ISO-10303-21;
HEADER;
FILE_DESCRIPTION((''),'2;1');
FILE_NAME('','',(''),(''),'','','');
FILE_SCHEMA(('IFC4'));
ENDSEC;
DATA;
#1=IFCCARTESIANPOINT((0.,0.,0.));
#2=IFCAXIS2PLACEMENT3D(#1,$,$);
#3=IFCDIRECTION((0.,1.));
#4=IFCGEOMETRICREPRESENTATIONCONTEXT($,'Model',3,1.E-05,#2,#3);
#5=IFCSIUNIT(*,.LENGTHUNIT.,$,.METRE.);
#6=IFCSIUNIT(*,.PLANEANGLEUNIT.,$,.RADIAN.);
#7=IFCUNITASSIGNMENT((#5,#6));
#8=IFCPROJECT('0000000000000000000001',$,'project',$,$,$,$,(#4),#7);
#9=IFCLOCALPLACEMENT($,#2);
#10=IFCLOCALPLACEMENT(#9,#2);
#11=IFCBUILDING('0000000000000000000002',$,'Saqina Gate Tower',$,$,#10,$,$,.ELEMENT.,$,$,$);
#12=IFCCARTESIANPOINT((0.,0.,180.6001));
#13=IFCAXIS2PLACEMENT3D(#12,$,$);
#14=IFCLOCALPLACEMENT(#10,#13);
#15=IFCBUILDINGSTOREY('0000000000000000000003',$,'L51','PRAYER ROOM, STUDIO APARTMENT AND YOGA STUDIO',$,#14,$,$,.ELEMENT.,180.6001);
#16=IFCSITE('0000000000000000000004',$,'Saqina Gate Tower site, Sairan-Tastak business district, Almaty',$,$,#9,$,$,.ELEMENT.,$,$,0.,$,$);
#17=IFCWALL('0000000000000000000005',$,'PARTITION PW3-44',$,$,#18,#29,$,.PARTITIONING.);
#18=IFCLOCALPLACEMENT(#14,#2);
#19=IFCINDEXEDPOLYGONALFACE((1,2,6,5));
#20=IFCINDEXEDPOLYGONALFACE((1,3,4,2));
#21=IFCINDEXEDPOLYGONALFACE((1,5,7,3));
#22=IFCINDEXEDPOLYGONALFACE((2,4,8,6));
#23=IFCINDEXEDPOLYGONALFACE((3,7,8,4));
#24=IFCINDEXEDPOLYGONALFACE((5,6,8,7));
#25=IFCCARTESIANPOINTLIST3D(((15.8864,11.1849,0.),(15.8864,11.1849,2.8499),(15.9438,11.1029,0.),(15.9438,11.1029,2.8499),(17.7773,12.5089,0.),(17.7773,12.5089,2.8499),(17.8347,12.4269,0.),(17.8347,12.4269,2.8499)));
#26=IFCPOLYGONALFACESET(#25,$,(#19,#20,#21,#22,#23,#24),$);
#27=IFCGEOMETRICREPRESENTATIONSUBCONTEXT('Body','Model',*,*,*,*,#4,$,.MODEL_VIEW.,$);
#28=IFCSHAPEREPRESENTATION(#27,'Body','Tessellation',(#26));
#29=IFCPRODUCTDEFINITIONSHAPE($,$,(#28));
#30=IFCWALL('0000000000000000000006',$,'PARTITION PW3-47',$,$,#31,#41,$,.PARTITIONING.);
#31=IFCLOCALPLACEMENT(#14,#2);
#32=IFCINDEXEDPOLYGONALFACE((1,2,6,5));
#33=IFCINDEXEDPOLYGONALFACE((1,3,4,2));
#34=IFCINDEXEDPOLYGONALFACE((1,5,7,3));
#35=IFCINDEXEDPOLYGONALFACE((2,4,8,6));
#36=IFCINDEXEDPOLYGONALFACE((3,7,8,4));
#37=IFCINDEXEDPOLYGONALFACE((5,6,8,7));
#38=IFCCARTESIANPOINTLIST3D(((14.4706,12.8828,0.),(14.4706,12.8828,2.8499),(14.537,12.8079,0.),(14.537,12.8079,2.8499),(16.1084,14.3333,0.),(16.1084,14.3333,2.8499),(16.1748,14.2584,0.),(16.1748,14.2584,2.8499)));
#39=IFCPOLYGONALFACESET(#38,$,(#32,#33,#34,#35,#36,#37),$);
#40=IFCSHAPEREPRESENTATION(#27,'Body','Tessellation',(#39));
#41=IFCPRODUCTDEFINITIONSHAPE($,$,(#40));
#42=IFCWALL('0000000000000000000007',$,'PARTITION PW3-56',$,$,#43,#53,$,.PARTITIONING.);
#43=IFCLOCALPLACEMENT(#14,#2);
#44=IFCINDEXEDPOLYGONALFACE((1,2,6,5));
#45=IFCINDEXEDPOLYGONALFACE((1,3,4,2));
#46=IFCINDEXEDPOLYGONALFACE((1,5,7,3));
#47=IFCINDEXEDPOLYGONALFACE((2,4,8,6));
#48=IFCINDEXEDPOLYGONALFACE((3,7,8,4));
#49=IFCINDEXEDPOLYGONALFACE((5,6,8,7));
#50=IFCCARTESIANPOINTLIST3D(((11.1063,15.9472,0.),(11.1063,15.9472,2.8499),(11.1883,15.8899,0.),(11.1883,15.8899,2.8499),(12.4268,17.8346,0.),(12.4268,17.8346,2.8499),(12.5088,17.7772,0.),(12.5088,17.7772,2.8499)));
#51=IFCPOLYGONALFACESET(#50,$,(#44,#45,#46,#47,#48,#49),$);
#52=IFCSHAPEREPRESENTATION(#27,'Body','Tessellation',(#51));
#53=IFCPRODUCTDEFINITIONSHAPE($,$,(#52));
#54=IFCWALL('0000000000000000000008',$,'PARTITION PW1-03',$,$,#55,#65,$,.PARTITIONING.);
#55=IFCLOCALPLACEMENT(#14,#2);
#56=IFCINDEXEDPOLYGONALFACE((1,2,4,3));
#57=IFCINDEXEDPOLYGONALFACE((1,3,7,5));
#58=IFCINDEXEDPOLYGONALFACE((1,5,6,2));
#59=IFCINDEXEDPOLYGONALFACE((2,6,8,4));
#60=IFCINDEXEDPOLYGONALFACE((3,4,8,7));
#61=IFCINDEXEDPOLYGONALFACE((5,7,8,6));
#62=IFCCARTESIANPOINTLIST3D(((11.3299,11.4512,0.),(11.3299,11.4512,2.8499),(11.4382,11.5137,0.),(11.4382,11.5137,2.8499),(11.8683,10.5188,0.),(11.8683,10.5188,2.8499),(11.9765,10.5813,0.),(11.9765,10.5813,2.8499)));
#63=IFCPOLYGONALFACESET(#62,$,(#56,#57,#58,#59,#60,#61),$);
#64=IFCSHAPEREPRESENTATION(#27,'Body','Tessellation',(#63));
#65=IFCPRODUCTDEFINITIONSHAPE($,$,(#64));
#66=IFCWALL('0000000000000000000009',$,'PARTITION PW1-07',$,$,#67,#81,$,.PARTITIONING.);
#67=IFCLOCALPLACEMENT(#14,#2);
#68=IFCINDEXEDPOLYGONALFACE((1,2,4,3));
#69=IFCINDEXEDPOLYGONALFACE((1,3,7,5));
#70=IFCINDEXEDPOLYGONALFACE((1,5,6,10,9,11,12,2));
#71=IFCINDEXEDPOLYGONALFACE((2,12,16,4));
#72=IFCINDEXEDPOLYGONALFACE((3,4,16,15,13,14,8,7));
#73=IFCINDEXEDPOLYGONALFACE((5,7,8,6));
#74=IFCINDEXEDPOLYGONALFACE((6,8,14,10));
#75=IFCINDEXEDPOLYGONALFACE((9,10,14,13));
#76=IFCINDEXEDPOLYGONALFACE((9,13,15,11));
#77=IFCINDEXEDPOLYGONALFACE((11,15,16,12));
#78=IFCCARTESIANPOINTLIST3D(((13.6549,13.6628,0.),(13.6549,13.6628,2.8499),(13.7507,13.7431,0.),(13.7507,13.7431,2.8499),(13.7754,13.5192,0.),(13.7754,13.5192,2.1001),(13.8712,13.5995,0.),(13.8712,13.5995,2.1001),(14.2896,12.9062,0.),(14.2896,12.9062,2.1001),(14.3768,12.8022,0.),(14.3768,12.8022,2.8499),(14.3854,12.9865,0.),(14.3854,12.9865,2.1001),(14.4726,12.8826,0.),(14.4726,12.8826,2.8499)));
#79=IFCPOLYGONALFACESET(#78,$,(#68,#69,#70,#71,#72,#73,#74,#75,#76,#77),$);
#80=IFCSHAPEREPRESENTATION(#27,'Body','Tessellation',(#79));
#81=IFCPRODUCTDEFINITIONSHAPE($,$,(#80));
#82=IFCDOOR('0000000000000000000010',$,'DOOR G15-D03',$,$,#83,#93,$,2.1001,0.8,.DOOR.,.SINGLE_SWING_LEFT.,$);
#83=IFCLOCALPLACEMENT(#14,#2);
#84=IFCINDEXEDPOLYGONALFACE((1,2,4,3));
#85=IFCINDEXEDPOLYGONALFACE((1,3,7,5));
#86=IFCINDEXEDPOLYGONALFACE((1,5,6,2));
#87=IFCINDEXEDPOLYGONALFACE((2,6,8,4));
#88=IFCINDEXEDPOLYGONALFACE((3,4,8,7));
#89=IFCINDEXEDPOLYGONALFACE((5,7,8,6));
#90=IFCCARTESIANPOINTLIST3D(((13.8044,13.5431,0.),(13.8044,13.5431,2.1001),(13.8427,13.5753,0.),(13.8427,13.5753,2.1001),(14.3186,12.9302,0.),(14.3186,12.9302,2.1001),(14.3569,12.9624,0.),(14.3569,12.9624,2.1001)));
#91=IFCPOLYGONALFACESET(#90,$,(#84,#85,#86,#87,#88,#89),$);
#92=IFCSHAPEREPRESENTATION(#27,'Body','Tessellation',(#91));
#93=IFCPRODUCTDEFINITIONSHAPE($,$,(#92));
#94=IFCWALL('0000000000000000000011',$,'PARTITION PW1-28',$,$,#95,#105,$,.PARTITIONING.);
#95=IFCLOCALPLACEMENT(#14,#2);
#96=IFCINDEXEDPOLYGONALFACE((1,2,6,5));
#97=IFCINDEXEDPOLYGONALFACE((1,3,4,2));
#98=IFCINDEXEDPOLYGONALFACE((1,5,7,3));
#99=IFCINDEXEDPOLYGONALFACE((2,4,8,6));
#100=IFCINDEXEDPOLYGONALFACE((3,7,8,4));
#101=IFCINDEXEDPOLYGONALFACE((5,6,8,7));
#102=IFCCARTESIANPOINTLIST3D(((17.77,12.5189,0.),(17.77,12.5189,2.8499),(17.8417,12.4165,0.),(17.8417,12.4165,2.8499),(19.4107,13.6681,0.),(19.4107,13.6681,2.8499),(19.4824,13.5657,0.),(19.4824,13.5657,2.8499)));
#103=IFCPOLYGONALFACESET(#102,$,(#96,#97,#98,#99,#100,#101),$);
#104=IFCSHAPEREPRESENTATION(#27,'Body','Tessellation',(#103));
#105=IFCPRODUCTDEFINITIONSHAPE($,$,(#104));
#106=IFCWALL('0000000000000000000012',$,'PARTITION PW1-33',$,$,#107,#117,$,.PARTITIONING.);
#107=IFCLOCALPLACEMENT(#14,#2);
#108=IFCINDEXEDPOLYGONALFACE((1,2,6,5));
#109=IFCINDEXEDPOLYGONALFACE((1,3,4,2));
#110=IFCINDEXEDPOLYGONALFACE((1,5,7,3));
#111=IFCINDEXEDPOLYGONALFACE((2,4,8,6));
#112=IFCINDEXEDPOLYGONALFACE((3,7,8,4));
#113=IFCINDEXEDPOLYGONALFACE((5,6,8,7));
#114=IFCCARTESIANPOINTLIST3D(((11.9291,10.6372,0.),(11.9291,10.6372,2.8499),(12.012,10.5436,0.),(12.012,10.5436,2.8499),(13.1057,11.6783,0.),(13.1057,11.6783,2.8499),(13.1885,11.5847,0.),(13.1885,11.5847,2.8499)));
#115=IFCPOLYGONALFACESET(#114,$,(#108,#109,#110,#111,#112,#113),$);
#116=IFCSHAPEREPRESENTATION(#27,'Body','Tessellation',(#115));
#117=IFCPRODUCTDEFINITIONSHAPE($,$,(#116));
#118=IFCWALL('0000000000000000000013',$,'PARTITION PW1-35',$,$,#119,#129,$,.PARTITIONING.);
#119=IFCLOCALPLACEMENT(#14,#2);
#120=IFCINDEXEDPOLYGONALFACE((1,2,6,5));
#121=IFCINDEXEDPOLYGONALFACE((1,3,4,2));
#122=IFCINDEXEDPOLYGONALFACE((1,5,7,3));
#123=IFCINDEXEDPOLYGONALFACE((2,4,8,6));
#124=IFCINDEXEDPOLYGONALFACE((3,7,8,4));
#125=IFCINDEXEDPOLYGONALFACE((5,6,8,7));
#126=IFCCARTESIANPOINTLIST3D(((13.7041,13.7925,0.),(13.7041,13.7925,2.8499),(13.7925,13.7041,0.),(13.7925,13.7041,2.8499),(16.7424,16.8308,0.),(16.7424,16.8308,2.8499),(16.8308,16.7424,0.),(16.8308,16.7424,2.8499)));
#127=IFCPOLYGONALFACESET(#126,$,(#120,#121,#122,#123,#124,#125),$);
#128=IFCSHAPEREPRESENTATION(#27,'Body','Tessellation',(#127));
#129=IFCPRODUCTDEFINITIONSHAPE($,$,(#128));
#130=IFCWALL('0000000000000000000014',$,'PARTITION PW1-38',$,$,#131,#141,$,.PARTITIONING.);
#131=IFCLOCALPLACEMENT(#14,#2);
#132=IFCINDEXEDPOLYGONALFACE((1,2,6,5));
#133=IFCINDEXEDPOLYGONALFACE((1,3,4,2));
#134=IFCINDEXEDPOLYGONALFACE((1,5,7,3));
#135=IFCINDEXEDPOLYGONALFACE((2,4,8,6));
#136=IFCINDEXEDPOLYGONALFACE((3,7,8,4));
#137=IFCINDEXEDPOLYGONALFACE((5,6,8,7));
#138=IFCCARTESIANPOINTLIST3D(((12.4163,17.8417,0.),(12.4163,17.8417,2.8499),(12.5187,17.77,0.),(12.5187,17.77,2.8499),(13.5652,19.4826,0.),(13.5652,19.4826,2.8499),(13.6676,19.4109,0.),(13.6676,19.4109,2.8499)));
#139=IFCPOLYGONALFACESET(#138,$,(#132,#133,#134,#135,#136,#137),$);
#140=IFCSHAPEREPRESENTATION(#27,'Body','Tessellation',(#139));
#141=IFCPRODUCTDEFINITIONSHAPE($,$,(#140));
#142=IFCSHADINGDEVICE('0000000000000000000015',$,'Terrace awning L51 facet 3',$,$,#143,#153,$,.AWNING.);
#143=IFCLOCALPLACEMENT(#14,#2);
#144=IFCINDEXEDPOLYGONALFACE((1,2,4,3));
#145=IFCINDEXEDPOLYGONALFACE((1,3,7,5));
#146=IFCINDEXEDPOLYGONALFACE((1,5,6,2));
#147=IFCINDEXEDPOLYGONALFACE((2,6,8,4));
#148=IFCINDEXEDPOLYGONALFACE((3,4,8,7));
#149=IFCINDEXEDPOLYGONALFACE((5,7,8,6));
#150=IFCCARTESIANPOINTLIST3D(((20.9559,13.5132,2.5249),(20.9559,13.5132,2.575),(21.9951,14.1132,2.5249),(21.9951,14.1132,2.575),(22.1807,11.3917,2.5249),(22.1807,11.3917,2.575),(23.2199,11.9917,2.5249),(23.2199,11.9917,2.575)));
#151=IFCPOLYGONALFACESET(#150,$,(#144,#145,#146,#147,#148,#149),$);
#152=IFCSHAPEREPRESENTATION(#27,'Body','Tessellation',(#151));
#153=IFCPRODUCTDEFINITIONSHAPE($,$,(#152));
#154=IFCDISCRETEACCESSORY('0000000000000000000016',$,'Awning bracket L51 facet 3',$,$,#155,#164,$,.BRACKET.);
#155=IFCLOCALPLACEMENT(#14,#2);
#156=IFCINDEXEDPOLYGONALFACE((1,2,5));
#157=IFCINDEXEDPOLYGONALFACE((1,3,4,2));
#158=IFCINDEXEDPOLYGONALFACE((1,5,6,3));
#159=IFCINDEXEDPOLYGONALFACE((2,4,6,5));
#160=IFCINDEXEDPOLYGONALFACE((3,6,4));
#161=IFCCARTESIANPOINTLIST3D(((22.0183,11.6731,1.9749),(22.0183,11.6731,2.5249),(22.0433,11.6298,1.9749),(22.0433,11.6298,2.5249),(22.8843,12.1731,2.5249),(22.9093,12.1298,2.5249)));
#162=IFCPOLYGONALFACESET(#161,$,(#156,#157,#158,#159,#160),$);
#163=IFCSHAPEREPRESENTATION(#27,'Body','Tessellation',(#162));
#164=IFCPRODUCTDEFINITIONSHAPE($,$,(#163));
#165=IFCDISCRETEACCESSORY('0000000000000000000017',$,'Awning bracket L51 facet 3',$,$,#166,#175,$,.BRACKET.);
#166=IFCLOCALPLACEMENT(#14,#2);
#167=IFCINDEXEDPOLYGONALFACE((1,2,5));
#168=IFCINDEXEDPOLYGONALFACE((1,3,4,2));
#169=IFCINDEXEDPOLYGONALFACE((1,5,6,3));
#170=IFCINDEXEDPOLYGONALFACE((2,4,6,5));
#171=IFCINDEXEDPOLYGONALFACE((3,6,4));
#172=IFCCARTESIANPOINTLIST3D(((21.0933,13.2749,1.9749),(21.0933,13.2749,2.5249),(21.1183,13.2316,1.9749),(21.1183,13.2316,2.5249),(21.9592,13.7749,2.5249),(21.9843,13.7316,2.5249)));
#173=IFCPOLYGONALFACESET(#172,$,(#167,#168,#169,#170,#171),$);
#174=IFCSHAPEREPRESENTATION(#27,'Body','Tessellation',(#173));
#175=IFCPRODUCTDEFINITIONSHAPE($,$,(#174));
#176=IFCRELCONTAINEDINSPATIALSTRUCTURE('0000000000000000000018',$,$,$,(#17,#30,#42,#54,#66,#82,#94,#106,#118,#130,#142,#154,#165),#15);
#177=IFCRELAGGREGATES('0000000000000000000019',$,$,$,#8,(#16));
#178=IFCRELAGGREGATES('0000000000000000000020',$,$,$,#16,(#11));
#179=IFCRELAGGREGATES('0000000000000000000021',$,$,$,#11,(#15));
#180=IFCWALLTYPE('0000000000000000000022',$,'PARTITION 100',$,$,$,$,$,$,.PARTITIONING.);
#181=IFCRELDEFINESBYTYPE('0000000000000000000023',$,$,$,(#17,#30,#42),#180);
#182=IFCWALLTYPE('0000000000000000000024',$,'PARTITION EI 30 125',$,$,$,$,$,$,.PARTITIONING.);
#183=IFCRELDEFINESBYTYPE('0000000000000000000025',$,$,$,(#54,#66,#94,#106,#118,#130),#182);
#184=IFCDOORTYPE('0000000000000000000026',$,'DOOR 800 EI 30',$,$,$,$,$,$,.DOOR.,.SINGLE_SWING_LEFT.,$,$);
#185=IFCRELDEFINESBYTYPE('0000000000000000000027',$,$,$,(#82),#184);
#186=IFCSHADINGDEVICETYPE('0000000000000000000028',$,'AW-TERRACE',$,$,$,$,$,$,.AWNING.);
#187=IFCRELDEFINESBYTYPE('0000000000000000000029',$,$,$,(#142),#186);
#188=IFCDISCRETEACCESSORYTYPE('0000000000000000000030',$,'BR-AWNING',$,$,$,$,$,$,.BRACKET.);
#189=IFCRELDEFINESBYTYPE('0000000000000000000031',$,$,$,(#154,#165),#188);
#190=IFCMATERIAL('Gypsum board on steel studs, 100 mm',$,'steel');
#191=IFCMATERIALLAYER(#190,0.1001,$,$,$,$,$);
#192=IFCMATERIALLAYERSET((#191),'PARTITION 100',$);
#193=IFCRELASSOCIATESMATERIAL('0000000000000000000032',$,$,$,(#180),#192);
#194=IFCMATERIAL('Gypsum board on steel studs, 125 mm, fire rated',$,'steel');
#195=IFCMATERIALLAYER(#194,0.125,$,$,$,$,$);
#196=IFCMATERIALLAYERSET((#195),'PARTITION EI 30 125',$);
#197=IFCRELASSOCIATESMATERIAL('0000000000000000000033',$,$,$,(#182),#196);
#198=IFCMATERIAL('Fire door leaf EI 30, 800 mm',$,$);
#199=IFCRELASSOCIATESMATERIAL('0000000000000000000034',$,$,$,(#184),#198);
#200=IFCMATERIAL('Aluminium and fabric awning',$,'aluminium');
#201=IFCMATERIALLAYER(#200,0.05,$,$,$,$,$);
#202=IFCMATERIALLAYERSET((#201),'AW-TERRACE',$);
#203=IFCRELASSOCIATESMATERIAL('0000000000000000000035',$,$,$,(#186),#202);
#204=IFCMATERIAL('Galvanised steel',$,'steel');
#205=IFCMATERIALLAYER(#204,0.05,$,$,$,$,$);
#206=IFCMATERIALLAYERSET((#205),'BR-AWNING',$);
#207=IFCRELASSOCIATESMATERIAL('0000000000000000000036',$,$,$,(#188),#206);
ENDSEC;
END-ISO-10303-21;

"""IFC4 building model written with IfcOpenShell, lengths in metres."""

from ifc_helpers import new_model, si_unit, direction, frame, frame_2d, origin, origin_2d, place, context, subcontext, project, spatial, polyline, rectangle, outline, extrude, material, layer, layer_set, type_object, element, fill, save


model = new_model("IFC4")

# Units and contexts
model_context = context("Model", 3, precision=1e-05, world=origin(), true_north=direction((0.0, 1.0)))
body_context = subcontext(model_context, "Body", "Model", "MODEL_VIEW")
ifc_project = project(units=[si_unit("LENGTHUNIT", "METRE"), si_unit("PLANEANGLEUNIT", "RADIAN")], contexts=[model_context])

# Site, building, storey
site_placement = place(None, origin())
site = spatial("IfcSite", under=ifc_project, at=site_placement, Name="Saqina Gate Tower site, Sairan-Tastak business district, Almaty", CompositionType="ELEMENT", RefElevation=0.0)
building_placement = place(site_placement, origin())
building = spatial("IfcBuilding", under=site, at=building_placement, Name="Saqina Gate Tower", CompositionType="ELEMENT")
storey_placement = place(building_placement, frame((0.0, 0.0, 180.6001)))
storey = spatial("IfcBuildingStorey", under=building, at=storey_placement, Name="L51", Description="PRAYER ROOM, STUDIO APARTMENT AND YOGA STUDIO", CompositionType="ELEMENT", Elevation=180.6001)

# Shared definitions
ifc_material_1 = material(Name="Gypsum board on steel studs, 100 mm", Category="steel")
ifc_layer_1 = layer(ifc_material_1, 0.1001)
ifc_layer_set_1 = layer_set([ifc_layer_1], Name="PARTITION 100")
wall_type_1 = type_object("IfcWallType", Name="PARTITION 100", PredefinedType="PARTITIONING", material=ifc_layer_set_1)

# Walls
wall_1_placement = place(storey_placement, frame((15.915, 11.1438, 0.0), z_axis=(0.0, 0.0, 1.0), x_axis=(0.819157, 0.573569, 0.0)))
element("IfcWall", 1, at=wall_1_placement, inside=storey, type_object=wall_type_1, Name="PARTITION PW3-44", PredefinedType="PARTITIONING", context=body_context, shape_type="SweptSolid", body=[
    extrude(rectangle(XDim=2.3083, YDim=0.1001, at=frame_2d((1.1543, 0.0))), origin(), (0.0, 0.0, 1.0), 2.8499),
])
wall_2_placement = place(storey_placement, frame((14.5039, 12.8455, 0.0), z_axis=(0.0, 0.0, 1.0), x_axis=(0.748609, 0.663012, 0.0)))
element("IfcWall", 2, at=wall_2_placement, inside=storey, type_object=wall_type_1, Name="PARTITION PW3-47", PredefinedType="PARTITIONING", context=body_context, shape_type="SweptSolid", body=[
    extrude(rectangle(XDim=2.1877, YDim=0.1001, at=frame_2d((1.0938, 0.0))), origin(), (0.0, 0.0, 1.0), 2.8499),
])
wall_3_placement = place(storey_placement, frame((11.1472, 15.9185, 0.0), z_axis=(0.0, 0.0, 1.0), x_axis=(0.57327, 0.819366, 0.0)))
element("IfcWall", 3, at=wall_3_placement, inside=storey, type_object=wall_type_1, Name="PARTITION PW3-56", PredefinedType="PARTITIONING", context=body_context, shape_type="SweptSolid", body=[
    extrude(rectangle(XDim=2.3035, YDim=0.1001, at=frame_2d((1.1519, 0.0))), origin(), (0.0, 0.0, 1.0), 2.8499),
])
ifc_material_2 = material(Name="Gypsum board on steel studs, 125 mm, fire rated", Category="steel")
ifc_layer_2 = layer(ifc_material_2, 0.125)
ifc_layer_set_2 = layer_set([ifc_layer_2], Name="PARTITION EI 30 125")
wall_type_2 = type_object("IfcWallType", Name="PARTITION EI 30 125", PredefinedType="PARTITIONING", material=ifc_layer_set_2)
wall_4_placement = place(storey_placement, frame((11.384, 11.4824, 0.0), z_axis=(0.0, 0.0, 1.0), x_axis=(0.500017, -0.866016, 0.0)))
element("IfcWall", 4, at=wall_4_placement, inside=storey, type_object=wall_type_2, Name="PARTITION PW1-03", PredefinedType="PARTITIONING", context=body_context, shape_type="SweptSolid", body=[
    extrude(rectangle(XDim=1.0767, YDim=0.125, at=frame_2d((0.5383, 0.0))), origin(), (0.0, 0.0, 1.0), 2.8499),
])

# Wall, opening, door
wall_5_placement = place(storey_placement, frame((13.7029, 13.7029, 0.0), z_axis=(0.0, 0.0, 1.0), x_axis=(0.642682, -0.766133, 0.0)))
wall_5 = element("IfcWall", 5, at=wall_5_placement, inside=storey, type_object=wall_type_2, Name="PARTITION PW1-07", PredefinedType="PARTITIONING", context=body_context, shape_type="SweptSolid", body=[
    extrude(rectangle(XDim=1.1233, YDim=0.125, at=frame_2d((0.5615, 0.0))), origin(), (0.0, 0.0, 1.0), 2.8499),
])
opening_1_placement = place(wall_5_placement, frame((0.1875, 0.0, 0.0)))
opening_1 = element("IfcOpeningElement", 6, at=opening_1_placement, cuts=wall_5, PredefinedType="OPENING", context=body_context, shape_type="SweptSolid", body=[
    extrude(rectangle(XDim=0.8, YDim=2.1001, at=frame_2d((0.3999, 1.05))), frame((0.0, 0.0745, 0.0), z_axis=(0.0, -1.0, 0.0), x_axis=(1.0, 0.0, 0.0)), (0.0, 0.0, 1.0), 0.1489),
])
ifc_material_3 = material(Name="Fire door leaf EI 30, 800 mm")
door_type_1 = type_object("IfcDoorType", Name="DOOR 800 EI 30", OperationType="SINGLE_SWING_LEFT", PredefinedType="DOOR", material=ifc_material_3)
door_1_placement = place(opening_1_placement, frame((0.8, 0.0, 0.0), z_axis=(0.0, 0.0, 1.0), x_axis=(-1.0, 0.0, 0.0)))
door_1 = element("IfcDoor", 7, at=door_1_placement, inside=storey, type_object=door_type_1, Name="DOOR G15-D03", OperationType="SINGLE_SWING_LEFT", OverallHeight=2.1001, OverallWidth=0.8, PredefinedType="DOOR", context=body_context, shape_type="SweptSolid", body=[
    extrude(rectangle(XDim=0.8, YDim=2.1001, at=frame_2d((0.3999, 1.05))), frame((0.0, 0.0249, 0.0), z_axis=(0.0, -1.0, 0.0), x_axis=(1.0, 0.0, 0.0)), (0.0, 0.0, 1.0), 0.05),
])
fill(opening_1, door_1)

# Walls
wall_6_placement = place(storey_placement, frame((17.8059, 12.4678, 0.0), z_axis=(0.0, 0.0, 1.0), x_axis=(0.81906, 0.573708, 0.0)))
element("IfcWall", 8, at=wall_6_placement, inside=storey, type_object=wall_type_2, Name="PARTITION PW1-28", PredefinedType="PARTITIONING", context=body_context, shape_type="SweptSolid", body=[
    extrude(rectangle(XDim=2.0032, YDim=0.125, at=frame_2d((1.0015, 0.0))), origin(), (0.0, 0.0, 1.0), 2.8499),
])
wall_7_placement = place(storey_placement, frame((11.9705, 10.5903, 0.0), z_axis=(0.0, 0.0, 1.0), x_axis=(0.748916, 0.662664, 0.0)))
element("IfcWall", 9, at=wall_7_placement, inside=storey, type_object=wall_type_2, Name="PARTITION PW1-33", PredefinedType="PARTITIONING", context=body_context, shape_type="SweptSolid", body=[
    extrude(rectangle(XDim=1.571, YDim=0.125, at=frame_2d((0.7856, 0.0))), origin(), (0.0, 0.0, 1.0), 2.8499),
])
wall_8_placement = place(storey_placement, frame((13.7483, 13.7483, 0.0), z_axis=(0.0, 0.0, 1.0), x_axis=(0.707107, 0.707107, 0.0)))
element("IfcWall", 10, at=wall_8_placement, inside=storey, type_object=wall_type_2, Name="PARTITION PW1-35", PredefinedType="PARTITIONING", context=body_context, shape_type="SweptSolid", body=[
    extrude(rectangle(XDim=4.2969, YDim=0.125, at=frame_2d((2.1484, 0.0))), origin(), (0.0, 0.0, 1.0), 2.8499),
])
wall_9_placement = place(storey_placement, frame((12.4675, 17.8059, 0.0), z_axis=(0.0, 0.0, 1.0), x_axis=(0.573569, 0.819157, 0.0)))
element("IfcWall", 11, at=wall_9_placement, inside=storey, type_object=wall_type_2, Name="PARTITION PW1-38", PredefinedType="PARTITIONING", context=body_context, shape_type="SweptSolid", body=[
    extrude(rectangle(XDim=2.0032, YDim=0.125, at=frame_2d((1.0015, 0.0))), origin(), (0.0, 0.0, 1.0), 2.8499),
])

# Shading device
ifc_material_4 = material(Name="Aluminium and fabric awning", Category="aluminium")
ifc_layer_3 = layer(ifc_material_4, 0.05)
ifc_layer_set_3 = layer_set([ifc_layer_3], Name="AW-TERRACE")
shading_device_type = type_object("IfcShadingDeviceType", Name="AW-TERRACE", PredefinedType="AWNING", material=ifc_layer_set_3)
shading_device_placement = place(storey_placement, frame((22.0879, 12.7524, 2.5249), z_axis=(0.0, 0.0, 1.0), x_axis=(-0.5, 0.866025, 0.0)))
element("IfcShadingDevice", 12, at=shading_device_placement, inside=storey, type_object=shading_device_type, Name="Terrace awning L51 facet 3", PredefinedType="AWNING", context=body_context, shape_type="SweptSolid", body=[
    extrude(rectangle(XDim=2.4497, YDim=1.2, at=origin_2d()), origin(), (0.0, 0.0, 1.0), 0.05),
])

# Discrete accessories
ifc_material_5 = material(Name="Galvanised steel", Category="steel")
ifc_layer_4 = layer(ifc_material_5, 0.05)
ifc_layer_set_4 = layer_set([ifc_layer_4], Name="BR-AWNING")
discrete_accessory_type_1 = type_object("IfcDiscreteAccessoryType", Name="BR-AWNING", PredefinedType="BRACKET", material=ifc_layer_set_4)
for number, where, z_axis, x_axis, name in (
    (13, (22.0183, 11.6731, 1.9749), (-0.500025, 0.866011, 0.0), (0.0, 0.0, 1.0), "Awning bracket L51 facet 3"),
    (14, (21.0933, 13.2749, 1.9749), (-0.500025, 0.866011, 0.0), (0.0, 0.0, 1.0), "Awning bracket L51 facet 3"),
):
    element("IfcDiscreteAccessory", number, at=place(storey_placement, frame(where, z_axis=z_axis, x_axis=x_axis)), inside=storey, type_object=discrete_accessory_type_1, Name=name, PredefinedType="BRACKET", context=body_context, shape_type="SweptSolid", body=[
        extrude(outline(polyline([(0.0, 0.0), (0.55, 0.0), (0.55, 0.9999), (0.0, 0.0)])), origin(), (0.0, 0.0, -1.0), 0.05),
    ])

save(model, "model.ifc")
